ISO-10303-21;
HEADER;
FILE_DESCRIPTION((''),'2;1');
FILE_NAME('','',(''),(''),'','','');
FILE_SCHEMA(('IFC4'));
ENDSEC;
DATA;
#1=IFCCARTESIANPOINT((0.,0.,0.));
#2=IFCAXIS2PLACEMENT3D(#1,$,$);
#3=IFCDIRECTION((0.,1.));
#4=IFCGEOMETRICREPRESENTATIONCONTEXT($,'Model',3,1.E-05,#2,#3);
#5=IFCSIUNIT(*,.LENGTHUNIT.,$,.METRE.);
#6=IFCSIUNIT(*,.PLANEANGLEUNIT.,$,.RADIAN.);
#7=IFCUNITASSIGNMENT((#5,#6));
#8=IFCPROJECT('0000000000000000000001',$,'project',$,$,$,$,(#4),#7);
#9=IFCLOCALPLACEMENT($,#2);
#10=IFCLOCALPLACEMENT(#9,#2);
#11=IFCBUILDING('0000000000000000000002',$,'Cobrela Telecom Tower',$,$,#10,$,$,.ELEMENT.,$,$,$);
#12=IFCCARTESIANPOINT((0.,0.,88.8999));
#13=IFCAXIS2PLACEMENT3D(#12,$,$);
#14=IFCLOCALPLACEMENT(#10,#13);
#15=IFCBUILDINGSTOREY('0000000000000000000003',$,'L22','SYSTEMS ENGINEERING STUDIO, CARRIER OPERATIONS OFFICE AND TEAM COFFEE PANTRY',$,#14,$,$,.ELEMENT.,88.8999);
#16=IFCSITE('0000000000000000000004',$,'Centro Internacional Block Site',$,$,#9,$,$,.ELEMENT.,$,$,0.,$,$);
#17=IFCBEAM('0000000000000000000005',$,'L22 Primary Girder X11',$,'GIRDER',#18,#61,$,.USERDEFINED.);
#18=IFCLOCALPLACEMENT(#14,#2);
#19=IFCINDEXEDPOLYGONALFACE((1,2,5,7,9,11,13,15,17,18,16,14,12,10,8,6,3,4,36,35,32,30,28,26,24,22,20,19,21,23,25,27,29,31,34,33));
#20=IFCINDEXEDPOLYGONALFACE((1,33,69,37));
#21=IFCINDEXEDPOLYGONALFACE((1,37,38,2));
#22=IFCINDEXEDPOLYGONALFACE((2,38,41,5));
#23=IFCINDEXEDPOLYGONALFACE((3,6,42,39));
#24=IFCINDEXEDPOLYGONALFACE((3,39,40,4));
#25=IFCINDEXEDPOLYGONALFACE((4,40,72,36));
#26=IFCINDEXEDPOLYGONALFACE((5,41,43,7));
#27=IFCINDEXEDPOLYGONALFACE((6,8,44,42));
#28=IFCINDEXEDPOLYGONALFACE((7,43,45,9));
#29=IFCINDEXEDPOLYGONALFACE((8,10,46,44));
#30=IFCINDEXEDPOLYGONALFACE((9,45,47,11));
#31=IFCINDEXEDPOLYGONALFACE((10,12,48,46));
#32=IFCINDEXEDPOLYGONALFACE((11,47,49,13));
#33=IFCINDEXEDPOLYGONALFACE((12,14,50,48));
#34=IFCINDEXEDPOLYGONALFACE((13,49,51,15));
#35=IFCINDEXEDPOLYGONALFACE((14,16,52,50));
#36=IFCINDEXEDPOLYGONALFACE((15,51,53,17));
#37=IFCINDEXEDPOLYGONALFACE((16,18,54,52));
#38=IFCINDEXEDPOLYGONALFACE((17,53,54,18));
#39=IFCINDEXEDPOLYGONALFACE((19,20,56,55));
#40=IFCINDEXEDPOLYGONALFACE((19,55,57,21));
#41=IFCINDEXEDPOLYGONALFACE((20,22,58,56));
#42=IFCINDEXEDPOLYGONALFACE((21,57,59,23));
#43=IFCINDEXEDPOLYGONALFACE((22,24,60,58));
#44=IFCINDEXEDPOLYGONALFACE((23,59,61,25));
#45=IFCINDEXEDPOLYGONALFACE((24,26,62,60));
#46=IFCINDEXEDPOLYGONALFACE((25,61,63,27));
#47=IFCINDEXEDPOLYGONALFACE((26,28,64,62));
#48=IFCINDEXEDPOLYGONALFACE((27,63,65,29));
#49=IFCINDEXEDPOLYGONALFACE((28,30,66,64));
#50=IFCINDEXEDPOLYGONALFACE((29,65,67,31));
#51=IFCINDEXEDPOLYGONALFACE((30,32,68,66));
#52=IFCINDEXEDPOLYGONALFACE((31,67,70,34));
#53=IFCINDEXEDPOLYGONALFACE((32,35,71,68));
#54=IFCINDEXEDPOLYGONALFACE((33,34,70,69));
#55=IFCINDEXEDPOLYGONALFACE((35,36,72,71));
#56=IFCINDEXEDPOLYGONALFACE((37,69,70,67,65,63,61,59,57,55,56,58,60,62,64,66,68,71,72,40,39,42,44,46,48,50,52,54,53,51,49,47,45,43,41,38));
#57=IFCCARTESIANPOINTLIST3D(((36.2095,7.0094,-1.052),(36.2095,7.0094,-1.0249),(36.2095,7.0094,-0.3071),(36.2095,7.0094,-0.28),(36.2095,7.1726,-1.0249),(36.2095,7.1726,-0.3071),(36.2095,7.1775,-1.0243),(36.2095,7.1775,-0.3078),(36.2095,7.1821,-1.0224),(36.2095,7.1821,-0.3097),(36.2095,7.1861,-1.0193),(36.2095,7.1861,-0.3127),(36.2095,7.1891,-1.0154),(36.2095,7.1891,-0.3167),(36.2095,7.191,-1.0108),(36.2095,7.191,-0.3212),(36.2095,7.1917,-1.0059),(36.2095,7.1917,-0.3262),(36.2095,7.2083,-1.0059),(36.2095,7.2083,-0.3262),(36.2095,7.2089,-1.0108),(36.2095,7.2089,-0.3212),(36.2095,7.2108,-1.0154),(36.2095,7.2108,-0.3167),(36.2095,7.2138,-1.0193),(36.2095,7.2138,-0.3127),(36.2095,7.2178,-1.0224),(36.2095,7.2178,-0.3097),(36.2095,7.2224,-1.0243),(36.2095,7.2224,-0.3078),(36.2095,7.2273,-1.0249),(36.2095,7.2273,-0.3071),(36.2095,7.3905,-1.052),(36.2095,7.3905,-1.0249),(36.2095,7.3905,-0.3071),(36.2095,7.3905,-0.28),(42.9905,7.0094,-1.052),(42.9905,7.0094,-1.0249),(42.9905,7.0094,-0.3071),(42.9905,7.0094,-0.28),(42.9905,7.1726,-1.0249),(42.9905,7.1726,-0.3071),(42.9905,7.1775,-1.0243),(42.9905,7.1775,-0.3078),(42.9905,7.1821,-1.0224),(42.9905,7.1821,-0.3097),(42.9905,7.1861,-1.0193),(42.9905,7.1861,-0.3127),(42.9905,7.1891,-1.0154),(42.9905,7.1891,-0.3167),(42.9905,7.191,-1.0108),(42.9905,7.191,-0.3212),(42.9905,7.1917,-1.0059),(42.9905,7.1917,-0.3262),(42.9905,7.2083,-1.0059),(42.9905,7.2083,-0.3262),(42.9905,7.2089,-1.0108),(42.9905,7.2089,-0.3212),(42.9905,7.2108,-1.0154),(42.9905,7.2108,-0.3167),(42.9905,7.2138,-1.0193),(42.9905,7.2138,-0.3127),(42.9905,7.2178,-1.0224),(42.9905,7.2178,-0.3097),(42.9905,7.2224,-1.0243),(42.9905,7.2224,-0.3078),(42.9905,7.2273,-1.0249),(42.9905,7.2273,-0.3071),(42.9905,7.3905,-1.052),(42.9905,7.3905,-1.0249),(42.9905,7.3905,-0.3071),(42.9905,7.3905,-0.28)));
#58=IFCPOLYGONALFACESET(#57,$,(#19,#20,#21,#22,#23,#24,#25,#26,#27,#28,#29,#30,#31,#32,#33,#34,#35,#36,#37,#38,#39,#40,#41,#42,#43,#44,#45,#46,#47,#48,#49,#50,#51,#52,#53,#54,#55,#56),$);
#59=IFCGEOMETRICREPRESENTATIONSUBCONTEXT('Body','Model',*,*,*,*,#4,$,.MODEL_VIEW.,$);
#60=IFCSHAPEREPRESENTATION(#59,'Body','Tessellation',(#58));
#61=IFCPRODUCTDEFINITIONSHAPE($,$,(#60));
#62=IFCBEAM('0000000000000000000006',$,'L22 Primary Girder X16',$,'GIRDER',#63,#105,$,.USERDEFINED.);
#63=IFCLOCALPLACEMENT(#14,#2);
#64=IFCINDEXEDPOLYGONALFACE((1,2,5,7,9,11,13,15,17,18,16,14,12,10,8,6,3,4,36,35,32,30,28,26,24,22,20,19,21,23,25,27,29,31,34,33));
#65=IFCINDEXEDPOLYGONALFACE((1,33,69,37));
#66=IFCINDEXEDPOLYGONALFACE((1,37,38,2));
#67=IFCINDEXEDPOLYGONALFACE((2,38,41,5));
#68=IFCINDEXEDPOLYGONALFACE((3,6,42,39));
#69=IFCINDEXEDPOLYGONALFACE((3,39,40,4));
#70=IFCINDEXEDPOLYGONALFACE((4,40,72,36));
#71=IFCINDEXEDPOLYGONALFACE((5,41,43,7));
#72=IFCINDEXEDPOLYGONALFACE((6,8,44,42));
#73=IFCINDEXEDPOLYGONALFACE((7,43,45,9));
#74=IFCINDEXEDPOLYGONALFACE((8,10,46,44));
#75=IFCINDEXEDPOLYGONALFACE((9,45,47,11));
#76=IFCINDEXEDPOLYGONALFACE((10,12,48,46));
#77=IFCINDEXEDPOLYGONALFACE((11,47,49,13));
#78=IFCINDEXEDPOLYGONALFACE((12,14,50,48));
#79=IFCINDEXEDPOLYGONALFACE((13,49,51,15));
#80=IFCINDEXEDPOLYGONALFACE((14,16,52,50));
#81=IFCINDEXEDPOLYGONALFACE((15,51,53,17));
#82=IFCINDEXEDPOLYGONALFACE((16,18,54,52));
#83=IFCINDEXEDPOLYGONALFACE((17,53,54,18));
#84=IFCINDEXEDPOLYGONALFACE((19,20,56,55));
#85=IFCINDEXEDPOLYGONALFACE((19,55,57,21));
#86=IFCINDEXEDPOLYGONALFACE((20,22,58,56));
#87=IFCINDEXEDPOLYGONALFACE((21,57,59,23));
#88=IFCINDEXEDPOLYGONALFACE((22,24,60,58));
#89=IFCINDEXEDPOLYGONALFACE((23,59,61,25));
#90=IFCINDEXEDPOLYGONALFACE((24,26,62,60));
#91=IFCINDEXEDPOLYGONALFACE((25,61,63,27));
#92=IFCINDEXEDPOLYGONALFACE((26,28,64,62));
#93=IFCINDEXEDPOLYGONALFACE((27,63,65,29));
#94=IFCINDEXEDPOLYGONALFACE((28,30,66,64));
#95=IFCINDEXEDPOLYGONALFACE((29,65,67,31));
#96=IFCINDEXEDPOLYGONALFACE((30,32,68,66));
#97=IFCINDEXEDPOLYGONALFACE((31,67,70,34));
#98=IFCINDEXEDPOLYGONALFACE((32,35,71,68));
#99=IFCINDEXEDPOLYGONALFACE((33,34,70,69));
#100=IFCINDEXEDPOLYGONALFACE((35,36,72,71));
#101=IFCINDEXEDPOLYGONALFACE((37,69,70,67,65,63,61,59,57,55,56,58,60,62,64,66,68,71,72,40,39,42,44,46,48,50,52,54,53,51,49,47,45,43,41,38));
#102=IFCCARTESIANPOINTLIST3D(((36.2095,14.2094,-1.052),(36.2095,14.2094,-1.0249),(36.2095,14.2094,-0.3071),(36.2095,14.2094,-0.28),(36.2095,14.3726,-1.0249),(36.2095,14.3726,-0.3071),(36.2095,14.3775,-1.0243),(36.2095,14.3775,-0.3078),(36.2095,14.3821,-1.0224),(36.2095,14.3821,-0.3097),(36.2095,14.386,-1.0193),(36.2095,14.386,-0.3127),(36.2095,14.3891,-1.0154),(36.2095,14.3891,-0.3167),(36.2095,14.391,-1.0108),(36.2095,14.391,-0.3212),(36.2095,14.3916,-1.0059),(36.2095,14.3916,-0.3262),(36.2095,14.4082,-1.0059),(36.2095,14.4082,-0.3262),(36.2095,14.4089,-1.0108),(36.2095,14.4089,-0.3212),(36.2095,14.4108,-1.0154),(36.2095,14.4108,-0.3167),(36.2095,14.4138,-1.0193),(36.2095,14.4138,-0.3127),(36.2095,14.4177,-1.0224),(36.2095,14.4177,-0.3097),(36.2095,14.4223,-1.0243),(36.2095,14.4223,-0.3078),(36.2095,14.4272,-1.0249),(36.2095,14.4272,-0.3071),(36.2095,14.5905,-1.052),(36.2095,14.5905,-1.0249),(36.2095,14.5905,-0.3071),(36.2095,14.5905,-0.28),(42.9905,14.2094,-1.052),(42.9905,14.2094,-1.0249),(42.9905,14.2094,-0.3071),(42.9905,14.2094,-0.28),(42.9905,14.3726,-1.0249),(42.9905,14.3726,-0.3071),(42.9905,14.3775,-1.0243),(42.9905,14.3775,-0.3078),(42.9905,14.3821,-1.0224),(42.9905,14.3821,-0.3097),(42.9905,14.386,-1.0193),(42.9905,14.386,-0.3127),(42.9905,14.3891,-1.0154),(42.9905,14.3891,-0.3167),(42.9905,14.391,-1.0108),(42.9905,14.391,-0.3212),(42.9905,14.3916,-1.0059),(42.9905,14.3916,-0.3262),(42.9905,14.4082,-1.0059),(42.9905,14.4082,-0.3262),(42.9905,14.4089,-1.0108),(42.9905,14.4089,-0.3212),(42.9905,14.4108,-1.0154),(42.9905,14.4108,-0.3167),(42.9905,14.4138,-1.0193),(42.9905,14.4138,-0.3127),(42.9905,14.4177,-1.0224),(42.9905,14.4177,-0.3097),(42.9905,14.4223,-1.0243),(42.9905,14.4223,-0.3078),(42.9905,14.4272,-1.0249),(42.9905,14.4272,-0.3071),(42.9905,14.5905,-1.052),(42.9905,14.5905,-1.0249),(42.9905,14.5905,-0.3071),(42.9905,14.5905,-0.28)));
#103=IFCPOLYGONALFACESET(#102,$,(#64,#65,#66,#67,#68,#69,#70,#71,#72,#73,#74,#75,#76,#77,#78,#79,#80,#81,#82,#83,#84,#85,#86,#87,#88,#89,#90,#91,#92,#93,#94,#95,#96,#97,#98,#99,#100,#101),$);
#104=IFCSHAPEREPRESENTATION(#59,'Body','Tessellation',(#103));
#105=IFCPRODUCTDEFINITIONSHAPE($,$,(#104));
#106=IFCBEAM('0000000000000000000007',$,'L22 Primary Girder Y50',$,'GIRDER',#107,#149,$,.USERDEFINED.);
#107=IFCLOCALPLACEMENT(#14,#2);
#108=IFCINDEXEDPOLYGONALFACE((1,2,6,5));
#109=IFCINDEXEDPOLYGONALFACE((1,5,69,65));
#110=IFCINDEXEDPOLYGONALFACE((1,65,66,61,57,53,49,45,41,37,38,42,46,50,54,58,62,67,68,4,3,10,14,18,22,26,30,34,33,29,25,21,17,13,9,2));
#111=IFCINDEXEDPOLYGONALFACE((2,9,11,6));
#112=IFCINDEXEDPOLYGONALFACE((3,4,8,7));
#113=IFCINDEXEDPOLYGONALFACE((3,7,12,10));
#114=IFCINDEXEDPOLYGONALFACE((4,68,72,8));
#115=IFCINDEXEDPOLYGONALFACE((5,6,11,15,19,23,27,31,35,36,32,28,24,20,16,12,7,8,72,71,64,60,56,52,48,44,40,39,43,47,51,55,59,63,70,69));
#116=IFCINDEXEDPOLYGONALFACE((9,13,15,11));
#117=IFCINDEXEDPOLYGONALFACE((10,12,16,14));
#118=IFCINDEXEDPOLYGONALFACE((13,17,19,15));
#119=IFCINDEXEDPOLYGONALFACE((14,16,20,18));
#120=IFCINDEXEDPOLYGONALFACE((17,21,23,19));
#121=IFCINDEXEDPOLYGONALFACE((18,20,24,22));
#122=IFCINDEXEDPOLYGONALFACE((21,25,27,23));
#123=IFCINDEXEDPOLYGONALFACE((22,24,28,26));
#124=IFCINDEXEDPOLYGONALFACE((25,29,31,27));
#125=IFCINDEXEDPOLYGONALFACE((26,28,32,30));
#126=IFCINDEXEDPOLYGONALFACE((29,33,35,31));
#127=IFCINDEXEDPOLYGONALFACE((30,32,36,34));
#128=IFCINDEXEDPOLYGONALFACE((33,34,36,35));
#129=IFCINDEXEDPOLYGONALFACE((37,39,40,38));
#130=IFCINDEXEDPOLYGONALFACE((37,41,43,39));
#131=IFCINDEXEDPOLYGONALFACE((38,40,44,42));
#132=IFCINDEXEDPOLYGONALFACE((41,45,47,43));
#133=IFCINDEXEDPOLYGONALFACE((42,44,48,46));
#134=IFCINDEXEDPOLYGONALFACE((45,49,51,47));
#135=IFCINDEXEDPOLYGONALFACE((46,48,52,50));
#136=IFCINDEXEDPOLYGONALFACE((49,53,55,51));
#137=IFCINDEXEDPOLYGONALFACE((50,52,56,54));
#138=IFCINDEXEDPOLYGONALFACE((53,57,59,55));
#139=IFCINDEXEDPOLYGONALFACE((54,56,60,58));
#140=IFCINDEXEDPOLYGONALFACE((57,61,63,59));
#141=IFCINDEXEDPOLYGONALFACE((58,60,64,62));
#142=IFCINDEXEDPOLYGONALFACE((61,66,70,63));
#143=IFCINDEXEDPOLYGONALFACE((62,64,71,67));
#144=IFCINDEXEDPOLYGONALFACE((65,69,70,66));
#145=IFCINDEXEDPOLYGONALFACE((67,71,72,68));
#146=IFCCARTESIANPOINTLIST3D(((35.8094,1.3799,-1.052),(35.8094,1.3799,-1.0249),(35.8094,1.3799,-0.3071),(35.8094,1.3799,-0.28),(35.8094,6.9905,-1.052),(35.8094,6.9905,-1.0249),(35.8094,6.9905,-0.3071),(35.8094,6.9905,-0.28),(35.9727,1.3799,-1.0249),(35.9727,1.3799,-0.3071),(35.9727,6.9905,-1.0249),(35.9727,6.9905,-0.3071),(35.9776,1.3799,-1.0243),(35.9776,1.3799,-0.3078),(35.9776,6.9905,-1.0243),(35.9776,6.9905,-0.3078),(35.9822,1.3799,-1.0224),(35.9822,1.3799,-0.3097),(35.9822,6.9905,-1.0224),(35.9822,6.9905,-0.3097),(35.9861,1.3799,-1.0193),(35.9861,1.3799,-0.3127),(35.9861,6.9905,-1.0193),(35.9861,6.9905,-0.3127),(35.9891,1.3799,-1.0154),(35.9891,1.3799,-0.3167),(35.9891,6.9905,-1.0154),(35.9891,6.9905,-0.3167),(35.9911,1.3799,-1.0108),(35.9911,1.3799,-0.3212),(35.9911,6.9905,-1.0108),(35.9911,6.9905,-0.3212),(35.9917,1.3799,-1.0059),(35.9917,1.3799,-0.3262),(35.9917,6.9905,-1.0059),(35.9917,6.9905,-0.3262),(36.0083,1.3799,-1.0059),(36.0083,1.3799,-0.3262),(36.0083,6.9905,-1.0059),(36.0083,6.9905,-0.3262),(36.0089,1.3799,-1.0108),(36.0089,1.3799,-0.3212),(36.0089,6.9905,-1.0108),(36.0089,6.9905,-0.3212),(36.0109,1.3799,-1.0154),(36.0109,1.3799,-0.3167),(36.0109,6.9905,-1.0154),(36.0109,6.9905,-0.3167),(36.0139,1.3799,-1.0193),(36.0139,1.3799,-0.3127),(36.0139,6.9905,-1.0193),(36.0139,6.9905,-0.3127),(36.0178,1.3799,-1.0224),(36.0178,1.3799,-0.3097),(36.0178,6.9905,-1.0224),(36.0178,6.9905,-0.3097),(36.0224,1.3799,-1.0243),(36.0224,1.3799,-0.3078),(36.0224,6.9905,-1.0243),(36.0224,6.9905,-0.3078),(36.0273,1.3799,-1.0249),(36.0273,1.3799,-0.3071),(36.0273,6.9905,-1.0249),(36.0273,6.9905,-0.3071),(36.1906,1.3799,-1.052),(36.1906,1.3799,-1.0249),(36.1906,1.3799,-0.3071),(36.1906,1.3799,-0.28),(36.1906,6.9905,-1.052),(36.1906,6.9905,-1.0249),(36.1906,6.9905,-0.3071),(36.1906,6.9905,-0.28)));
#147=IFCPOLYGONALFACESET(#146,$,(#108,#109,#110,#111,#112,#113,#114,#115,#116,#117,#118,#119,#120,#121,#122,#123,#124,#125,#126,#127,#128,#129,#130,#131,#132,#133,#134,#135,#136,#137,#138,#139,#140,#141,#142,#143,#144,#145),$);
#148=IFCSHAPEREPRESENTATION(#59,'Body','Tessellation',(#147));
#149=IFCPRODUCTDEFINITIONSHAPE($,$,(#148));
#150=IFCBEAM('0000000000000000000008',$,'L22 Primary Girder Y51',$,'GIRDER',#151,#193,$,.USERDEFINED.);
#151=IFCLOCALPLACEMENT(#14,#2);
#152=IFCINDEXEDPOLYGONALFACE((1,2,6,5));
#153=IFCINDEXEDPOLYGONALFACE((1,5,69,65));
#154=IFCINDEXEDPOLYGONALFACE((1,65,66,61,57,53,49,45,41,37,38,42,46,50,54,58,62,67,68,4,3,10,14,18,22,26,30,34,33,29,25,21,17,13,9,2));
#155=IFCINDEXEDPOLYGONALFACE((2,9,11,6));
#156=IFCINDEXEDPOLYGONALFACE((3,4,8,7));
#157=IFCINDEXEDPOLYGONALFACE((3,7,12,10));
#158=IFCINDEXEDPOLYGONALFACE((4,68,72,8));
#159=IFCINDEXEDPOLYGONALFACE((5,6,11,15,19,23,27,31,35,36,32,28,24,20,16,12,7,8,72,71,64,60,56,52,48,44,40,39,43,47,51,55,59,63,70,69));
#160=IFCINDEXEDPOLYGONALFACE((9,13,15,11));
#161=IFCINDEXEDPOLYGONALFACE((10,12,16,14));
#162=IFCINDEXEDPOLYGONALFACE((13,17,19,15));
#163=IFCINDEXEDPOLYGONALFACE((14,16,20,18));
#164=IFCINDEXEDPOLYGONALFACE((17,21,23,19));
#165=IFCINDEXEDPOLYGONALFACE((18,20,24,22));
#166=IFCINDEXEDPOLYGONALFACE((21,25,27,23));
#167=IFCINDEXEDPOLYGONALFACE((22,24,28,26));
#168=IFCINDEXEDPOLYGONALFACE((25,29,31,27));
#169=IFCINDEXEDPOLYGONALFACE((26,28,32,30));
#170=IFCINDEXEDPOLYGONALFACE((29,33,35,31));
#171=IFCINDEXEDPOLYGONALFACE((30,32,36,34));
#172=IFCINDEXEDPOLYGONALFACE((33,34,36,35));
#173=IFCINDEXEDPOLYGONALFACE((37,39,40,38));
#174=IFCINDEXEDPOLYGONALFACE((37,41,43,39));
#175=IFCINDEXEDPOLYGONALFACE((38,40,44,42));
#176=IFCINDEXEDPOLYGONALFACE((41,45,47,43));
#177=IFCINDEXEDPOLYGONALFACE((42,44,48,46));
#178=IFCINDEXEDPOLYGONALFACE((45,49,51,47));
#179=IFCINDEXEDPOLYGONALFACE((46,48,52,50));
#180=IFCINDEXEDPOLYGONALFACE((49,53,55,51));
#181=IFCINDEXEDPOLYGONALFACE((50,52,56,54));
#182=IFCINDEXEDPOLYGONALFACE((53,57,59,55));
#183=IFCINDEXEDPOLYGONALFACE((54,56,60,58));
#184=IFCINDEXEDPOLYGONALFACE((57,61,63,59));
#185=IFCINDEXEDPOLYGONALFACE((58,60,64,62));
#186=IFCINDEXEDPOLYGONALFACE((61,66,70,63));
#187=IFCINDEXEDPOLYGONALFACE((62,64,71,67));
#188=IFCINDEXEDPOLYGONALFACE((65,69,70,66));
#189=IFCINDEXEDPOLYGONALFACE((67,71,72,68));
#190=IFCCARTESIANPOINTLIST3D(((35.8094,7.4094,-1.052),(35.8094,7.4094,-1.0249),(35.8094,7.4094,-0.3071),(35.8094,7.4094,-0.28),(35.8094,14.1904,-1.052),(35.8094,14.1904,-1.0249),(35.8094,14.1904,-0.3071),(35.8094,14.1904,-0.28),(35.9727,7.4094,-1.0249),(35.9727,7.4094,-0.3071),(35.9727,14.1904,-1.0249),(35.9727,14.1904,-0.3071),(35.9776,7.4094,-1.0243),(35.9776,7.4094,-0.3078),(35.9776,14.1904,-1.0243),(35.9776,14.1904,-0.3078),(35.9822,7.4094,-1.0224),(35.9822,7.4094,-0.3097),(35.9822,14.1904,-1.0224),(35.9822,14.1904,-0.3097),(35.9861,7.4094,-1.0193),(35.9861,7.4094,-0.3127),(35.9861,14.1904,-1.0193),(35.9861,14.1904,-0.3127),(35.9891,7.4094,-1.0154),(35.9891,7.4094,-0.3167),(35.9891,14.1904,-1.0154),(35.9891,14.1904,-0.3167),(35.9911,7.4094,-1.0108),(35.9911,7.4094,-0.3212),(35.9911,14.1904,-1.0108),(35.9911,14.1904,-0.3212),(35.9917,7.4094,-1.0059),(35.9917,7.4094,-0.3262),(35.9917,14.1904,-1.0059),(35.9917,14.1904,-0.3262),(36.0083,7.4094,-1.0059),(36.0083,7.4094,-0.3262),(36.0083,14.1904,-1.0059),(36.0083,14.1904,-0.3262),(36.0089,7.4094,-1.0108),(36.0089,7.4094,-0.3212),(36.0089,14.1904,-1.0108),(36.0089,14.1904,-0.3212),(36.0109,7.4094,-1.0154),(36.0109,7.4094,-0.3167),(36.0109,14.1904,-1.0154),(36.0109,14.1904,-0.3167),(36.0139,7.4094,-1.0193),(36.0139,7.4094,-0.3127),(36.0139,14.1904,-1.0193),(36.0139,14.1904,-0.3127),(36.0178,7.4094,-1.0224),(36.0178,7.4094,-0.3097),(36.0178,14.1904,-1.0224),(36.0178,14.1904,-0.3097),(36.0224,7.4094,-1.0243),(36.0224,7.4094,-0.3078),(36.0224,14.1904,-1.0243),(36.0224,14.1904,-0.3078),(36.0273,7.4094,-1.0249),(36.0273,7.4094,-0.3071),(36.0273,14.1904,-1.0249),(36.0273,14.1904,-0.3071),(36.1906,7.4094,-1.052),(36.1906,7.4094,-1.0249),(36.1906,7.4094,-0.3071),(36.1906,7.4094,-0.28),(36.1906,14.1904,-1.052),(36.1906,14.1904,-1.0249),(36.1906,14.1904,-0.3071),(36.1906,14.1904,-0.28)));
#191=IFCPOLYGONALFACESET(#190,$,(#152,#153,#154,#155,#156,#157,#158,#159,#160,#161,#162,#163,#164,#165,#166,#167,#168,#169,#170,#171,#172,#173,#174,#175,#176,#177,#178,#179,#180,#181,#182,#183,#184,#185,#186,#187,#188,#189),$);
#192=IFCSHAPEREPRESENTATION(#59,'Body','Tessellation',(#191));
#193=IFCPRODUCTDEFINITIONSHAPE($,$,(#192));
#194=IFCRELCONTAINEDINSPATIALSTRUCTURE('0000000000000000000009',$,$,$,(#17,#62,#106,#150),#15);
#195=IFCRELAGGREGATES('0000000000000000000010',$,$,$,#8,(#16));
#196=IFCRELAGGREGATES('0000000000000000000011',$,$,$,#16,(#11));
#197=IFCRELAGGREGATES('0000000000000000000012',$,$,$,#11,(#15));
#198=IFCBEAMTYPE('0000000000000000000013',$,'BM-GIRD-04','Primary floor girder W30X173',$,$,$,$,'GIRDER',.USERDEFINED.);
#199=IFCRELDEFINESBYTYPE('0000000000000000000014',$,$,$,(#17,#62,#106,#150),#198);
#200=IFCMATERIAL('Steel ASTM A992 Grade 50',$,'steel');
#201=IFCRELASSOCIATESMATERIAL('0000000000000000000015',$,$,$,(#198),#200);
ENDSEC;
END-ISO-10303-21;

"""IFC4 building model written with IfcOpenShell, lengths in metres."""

from ifc_helpers import new_model, si_unit, direction, frame, origin, origin_2d, place, context, subcontext, project, spatial, i_section, extrude, material, material_profile, profile_set, type_object, element, save


model = new_model("IFC4")

# Units and contexts
model_context = context("Model", 3, precision=1e-05, world=origin(), true_north=direction((0.0, 1.0)))
body_context = subcontext(model_context, "Body", "Model", "MODEL_VIEW")
ifc_project = project(units=[si_unit("LENGTHUNIT", "METRE"), si_unit("PLANEANGLEUNIT", "RADIAN")], contexts=[model_context])

# Site, building, storey
site_placement = place(None, origin())
site = spatial("IfcSite", under=ifc_project, at=site_placement, Name="Centro Internacional Block Site", CompositionType="ELEMENT", RefElevation=0.0)
building_placement = place(site_placement, origin())
building = spatial("IfcBuilding", under=site, at=building_placement, Name="Cobrela Telecom Tower", CompositionType="ELEMENT")
storey_placement = place(building_placement, frame((0.0, 0.0, 88.8999)))
storey = spatial("IfcBuildingStorey", under=building, at=storey_placement, Name="L22", Description="SYSTEMS ENGINEERING STUDIO, CARRIER OPERATIONS OFFICE AND TEAM COFFEE PANTRY", CompositionType="ELEMENT", Elevation=88.8999)

# Shared definitions
ifc_material_1 = material(Name="Steel ASTM A992 Grade 50", Category="steel")

# Beams
ifc_material_profile_1 = material_profile(ifc_material_1, i_section(OverallWidth=0.3811, OverallDepth=0.772, WebThickness=0.0166, FlangeThickness=0.0271, FilletRadius=0.019, at=origin_2d()), Name="W30X173")
ifc_profile_set_1 = profile_set([ifc_material_profile_1], Name="Steel ASTM A992 Grade 50")
beam_type_1 = type_object("IfcBeamType", Name="BM-GIRD-04", Description="Primary floor girder W30X173", ElementType="GIRDER", PredefinedType="USERDEFINED", material=ifc_profile_set_1)
for number, where, z_axis, x_axis, name in (
    (1, (36.2095, 7.2, -0.666), (1.0, 0.0, 0.0), (0.0, 1.0, 0.0), "L22 Primary Girder X11"),
    (2, (36.2095, 14.3999, -0.666), (1.0, 0.0, 0.0), (0.0, 1.0, 0.0), "L22 Primary Girder X16"),
):
    element("IfcBeam", number, at=place(storey_placement, frame(where, z_axis=z_axis, x_axis=x_axis)), inside=storey, type_object=beam_type_1, Name=name, ObjectType="GIRDER", PredefinedType="USERDEFINED", context=body_context, shape_type="SweptSolid", body=[
        extrude(i_section(OverallWidth=0.3811, OverallDepth=0.772, WebThickness=0.0166, FlangeThickness=0.0271, FilletRadius=0.019, at=origin_2d()), origin(), (0.0, 0.0, 1.0), 6.781),
    ])
beam_1_placement = place(storey_placement, frame((36.0, 1.3799, -0.666), z_axis=(0.0, 1.0, 0.0), x_axis=(-1.0, 0.0, 0.0)))
element("IfcBeam", 3, at=beam_1_placement, inside=storey, type_object=beam_type_1, Name="L22 Primary Girder Y50", ObjectType="GIRDER", PredefinedType="USERDEFINED", context=body_context, shape_type="SweptSolid", body=[
    extrude(i_section(OverallWidth=0.3811, OverallDepth=0.772, WebThickness=0.0166, FlangeThickness=0.0271, FilletRadius=0.019, at=origin_2d()), origin(), (0.0, 0.0, 1.0), 5.6106),
])
beam_2_placement = place(storey_placement, frame((36.0, 7.4094, -0.666), z_axis=(0.0, 1.0, 0.0), x_axis=(-1.0, 0.0, 0.0)))
element("IfcBeam", 4, at=beam_2_placement, inside=storey, type_object=beam_type_1, Name="L22 Primary Girder Y51", ObjectType="GIRDER", PredefinedType="USERDEFINED", context=body_context, shape_type="SweptSolid", body=[
    extrude(i_section(OverallWidth=0.3811, OverallDepth=0.772, WebThickness=0.0166, FlangeThickness=0.0271, FilletRadius=0.019, at=origin_2d()), origin(), (0.0, 0.0, 1.0), 6.781),
])

save(model, "model.ifc")
